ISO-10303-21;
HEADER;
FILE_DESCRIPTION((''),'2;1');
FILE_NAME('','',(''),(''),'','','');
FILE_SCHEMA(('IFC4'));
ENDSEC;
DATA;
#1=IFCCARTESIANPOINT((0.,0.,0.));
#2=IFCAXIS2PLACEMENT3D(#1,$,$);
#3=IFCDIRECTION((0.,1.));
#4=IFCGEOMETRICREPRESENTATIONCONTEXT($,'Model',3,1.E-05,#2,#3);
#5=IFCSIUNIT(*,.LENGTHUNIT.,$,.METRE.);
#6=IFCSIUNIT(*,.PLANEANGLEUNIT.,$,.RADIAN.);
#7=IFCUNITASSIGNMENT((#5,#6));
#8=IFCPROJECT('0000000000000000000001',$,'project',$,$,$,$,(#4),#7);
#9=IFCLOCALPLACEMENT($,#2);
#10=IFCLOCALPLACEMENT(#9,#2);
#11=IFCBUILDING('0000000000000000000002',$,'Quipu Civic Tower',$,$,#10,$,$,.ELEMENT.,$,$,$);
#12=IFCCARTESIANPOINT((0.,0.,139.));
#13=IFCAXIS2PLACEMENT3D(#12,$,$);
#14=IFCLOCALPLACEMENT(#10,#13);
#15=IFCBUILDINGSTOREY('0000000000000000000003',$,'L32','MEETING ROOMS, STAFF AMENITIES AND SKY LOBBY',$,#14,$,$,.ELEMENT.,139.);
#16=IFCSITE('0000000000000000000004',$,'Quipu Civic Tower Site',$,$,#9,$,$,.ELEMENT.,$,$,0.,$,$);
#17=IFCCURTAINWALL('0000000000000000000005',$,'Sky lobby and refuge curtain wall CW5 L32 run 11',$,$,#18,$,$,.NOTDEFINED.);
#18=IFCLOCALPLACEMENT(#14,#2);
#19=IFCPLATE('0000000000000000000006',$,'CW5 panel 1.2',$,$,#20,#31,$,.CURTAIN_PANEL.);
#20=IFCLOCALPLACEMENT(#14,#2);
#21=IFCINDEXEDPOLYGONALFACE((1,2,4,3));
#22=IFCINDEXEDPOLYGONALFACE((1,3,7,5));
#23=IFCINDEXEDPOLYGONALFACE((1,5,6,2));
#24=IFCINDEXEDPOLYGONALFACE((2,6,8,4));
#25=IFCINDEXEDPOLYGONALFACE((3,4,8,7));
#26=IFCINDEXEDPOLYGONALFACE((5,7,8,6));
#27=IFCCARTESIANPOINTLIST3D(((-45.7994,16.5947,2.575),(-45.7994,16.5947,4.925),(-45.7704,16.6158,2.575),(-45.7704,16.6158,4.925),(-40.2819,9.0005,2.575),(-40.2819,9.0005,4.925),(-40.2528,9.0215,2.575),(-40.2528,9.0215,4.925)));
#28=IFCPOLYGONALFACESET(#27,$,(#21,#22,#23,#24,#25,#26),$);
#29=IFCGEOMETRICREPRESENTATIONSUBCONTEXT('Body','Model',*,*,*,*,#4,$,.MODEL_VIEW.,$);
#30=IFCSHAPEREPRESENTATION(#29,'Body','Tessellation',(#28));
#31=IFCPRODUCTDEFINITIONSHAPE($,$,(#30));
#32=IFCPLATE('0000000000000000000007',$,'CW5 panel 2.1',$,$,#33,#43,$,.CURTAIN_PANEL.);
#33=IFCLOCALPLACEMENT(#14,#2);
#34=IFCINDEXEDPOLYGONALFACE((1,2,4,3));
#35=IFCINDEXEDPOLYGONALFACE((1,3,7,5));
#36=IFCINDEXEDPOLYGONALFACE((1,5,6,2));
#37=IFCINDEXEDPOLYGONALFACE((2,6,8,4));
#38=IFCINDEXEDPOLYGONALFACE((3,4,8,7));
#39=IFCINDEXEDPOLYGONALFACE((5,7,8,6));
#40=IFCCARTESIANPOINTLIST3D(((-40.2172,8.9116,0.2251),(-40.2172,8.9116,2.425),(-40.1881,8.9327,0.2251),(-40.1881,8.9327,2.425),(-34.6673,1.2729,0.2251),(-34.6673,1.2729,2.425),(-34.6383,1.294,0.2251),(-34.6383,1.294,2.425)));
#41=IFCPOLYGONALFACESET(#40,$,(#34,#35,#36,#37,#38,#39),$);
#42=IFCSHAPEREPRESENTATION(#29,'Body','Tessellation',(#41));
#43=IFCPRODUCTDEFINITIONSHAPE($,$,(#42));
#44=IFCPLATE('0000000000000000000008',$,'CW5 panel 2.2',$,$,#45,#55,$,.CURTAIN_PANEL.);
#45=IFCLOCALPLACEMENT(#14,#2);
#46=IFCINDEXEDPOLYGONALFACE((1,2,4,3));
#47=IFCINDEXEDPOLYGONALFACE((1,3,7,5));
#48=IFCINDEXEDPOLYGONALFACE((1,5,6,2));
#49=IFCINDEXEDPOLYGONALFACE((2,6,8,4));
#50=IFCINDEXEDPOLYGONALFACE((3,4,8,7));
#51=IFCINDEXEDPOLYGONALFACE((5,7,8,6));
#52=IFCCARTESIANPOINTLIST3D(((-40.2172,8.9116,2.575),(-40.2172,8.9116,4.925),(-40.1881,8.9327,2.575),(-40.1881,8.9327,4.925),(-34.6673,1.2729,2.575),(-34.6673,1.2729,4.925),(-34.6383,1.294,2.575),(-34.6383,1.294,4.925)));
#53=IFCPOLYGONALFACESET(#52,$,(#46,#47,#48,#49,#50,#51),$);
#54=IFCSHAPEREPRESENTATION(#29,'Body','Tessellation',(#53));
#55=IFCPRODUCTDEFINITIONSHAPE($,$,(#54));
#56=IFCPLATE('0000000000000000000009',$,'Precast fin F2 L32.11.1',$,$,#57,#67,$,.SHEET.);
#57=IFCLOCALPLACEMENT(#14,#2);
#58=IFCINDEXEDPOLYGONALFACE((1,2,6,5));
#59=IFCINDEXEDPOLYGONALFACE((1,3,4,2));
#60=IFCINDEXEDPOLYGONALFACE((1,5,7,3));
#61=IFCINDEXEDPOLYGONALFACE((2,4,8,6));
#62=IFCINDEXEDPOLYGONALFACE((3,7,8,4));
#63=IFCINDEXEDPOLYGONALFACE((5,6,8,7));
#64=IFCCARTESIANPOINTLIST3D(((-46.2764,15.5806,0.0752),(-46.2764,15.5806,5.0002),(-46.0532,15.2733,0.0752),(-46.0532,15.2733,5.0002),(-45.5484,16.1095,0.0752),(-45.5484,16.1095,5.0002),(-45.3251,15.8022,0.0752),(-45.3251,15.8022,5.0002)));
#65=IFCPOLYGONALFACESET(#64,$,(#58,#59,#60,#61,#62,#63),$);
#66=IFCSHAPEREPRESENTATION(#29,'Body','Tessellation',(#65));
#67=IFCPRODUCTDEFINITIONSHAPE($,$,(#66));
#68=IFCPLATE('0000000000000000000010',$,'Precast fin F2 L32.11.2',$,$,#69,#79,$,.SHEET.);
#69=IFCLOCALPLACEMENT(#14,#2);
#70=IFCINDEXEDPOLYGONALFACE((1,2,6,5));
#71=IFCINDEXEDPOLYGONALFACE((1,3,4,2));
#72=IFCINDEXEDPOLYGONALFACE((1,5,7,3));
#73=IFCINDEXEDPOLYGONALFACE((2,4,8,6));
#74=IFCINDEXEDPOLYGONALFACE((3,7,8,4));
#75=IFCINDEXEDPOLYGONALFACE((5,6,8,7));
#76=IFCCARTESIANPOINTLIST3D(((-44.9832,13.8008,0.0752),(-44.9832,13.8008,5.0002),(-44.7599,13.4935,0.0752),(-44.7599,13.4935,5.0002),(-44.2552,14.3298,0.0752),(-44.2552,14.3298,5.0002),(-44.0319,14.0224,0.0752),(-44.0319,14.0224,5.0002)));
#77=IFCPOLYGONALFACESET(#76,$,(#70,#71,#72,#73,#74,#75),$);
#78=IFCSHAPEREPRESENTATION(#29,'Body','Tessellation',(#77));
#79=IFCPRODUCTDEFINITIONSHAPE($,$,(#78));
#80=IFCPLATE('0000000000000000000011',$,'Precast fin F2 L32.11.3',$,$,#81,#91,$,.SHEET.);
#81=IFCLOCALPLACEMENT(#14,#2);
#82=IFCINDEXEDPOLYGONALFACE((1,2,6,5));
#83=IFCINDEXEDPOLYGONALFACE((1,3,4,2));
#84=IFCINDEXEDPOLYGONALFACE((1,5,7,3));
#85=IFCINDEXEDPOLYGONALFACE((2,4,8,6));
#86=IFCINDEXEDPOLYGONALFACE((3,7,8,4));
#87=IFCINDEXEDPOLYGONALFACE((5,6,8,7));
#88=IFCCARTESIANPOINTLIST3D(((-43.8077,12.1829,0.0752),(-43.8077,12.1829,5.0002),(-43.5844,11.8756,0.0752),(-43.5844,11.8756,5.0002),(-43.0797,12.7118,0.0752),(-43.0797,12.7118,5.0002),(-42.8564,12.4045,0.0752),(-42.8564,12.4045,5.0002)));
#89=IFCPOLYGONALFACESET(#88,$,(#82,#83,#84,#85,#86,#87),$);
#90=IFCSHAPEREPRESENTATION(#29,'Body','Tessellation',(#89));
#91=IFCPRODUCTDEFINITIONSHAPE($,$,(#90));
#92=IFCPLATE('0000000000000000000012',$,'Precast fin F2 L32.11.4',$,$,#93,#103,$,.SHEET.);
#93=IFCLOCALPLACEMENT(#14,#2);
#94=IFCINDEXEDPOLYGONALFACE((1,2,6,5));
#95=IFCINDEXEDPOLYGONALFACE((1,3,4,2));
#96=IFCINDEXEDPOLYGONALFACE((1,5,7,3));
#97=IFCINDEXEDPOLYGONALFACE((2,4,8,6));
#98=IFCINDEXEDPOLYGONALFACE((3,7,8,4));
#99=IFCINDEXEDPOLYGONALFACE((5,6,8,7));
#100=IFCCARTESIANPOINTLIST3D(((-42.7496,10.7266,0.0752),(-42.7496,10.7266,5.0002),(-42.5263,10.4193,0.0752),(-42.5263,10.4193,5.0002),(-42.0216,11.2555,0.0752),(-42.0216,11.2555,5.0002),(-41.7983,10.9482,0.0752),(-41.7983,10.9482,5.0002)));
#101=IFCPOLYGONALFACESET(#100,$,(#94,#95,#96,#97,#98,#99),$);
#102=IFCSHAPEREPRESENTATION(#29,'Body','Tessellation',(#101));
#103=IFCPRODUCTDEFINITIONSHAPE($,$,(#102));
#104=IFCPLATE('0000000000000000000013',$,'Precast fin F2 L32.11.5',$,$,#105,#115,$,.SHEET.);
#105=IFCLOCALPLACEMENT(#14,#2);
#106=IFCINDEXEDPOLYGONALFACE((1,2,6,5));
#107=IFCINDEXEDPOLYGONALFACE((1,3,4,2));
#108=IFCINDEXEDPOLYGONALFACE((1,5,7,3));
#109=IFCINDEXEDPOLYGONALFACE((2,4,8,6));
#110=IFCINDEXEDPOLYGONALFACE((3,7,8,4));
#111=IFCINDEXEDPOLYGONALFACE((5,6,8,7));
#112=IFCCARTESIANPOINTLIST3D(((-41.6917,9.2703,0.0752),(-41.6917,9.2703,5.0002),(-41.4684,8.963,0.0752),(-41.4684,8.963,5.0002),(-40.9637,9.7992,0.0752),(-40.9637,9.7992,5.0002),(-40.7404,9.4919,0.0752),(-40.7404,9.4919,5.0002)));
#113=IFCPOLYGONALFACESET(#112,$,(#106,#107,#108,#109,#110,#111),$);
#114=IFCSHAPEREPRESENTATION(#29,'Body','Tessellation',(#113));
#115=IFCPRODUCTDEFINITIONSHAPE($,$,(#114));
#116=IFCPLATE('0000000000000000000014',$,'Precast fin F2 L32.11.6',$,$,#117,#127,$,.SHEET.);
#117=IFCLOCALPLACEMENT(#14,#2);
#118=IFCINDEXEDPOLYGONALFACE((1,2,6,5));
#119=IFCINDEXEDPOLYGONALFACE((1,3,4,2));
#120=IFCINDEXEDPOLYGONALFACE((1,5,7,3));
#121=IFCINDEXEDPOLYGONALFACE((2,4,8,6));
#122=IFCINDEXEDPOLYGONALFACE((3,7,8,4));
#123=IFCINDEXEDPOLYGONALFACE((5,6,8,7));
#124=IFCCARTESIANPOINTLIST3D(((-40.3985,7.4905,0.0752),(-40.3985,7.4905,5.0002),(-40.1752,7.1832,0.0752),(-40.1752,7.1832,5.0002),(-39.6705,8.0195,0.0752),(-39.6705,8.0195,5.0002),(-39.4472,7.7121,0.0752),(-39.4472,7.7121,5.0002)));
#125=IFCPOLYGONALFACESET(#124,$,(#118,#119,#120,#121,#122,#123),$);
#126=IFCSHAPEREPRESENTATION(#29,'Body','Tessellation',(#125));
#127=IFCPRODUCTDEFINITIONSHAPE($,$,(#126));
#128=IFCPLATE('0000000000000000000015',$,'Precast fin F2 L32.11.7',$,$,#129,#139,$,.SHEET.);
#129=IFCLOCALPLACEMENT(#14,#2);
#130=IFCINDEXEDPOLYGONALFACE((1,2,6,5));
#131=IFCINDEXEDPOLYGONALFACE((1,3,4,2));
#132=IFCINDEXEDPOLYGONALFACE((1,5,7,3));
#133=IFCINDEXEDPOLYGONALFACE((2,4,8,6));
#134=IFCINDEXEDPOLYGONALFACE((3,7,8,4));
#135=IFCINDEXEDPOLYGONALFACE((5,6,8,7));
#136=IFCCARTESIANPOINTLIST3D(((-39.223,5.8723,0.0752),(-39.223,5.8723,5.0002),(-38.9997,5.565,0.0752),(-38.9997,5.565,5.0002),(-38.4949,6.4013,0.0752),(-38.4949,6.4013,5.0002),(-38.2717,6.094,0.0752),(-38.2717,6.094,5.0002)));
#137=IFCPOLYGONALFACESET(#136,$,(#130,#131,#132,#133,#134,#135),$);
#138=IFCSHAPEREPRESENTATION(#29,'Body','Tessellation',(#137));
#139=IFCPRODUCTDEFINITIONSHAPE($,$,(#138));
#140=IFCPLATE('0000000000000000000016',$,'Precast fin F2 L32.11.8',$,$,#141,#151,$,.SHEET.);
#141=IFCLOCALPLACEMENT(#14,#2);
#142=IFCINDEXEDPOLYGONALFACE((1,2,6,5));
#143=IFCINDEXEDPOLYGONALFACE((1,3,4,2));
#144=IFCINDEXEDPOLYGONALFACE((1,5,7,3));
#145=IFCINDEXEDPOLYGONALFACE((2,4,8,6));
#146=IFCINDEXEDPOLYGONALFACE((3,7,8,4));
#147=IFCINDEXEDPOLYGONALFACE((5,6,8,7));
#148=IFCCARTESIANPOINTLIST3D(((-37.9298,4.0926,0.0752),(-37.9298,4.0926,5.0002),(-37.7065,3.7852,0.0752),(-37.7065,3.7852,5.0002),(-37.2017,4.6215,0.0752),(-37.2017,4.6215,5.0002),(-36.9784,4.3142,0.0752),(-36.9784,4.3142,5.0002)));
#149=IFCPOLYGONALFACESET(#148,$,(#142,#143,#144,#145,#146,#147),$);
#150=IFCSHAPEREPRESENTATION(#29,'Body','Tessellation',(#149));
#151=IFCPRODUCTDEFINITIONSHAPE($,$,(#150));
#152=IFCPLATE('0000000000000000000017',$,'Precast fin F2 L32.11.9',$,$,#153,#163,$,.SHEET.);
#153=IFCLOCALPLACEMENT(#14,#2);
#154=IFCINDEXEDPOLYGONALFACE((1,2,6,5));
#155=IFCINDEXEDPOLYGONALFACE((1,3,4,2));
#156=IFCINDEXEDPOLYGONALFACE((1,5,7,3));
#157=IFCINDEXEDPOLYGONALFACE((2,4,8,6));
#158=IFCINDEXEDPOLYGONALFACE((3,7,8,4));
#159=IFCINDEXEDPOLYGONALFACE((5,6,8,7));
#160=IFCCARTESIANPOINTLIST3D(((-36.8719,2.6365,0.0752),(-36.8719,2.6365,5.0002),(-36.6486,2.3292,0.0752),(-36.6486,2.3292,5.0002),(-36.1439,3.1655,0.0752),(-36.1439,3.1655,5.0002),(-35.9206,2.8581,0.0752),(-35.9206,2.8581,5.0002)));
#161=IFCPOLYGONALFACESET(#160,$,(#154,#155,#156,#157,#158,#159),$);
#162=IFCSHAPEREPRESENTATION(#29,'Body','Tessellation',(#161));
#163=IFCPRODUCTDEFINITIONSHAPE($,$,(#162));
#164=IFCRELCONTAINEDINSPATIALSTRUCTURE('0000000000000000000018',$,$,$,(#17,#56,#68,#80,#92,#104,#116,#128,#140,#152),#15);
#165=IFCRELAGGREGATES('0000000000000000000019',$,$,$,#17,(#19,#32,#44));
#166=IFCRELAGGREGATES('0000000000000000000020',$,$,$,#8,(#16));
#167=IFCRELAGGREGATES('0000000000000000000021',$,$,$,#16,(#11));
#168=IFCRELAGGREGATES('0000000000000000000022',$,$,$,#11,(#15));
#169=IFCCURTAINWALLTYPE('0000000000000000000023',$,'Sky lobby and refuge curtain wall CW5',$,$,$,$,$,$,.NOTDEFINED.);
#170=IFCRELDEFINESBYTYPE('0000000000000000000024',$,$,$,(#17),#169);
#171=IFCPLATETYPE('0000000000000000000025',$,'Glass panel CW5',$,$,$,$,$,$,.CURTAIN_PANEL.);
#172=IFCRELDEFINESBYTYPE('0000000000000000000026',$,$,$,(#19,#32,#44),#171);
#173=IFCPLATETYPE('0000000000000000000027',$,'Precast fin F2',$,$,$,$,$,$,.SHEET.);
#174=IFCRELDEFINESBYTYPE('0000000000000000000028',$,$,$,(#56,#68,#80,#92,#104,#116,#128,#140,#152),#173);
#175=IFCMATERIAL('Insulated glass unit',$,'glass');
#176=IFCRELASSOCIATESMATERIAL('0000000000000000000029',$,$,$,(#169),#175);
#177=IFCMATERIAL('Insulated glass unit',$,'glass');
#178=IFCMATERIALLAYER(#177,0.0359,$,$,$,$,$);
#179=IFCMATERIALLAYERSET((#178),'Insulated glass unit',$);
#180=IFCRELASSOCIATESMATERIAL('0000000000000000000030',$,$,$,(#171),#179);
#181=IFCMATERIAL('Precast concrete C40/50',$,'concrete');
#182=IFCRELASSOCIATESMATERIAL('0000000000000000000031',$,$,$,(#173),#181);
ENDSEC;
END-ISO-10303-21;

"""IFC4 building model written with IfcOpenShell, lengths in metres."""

from ifc_helpers import new_model, si_unit, direction, frame, origin, origin_2d, place, context, subcontext, project, spatial, rectangle, extrude, material, layer, layer_set, type_object, element, aggregate, save


model = new_model("IFC4")

# Units and contexts
model_context = context("Model", 3, precision=1e-05, world=origin(), true_north=direction((0.0, 1.0)))
body_context = subcontext(model_context, "Body", "Model", "MODEL_VIEW")
ifc_project = project(units=[si_unit("LENGTHUNIT", "METRE"), si_unit("PLANEANGLEUNIT", "RADIAN")], contexts=[model_context])

# Site, building, storey
site_placement = place(None, origin())
site = spatial("IfcSite", under=ifc_project, at=site_placement, Name="Quipu Civic Tower Site", CompositionType="ELEMENT", RefElevation=0.0)
building_placement = place(site_placement, origin())
building = spatial("IfcBuilding", under=site, at=building_placement, Name="Quipu Civic Tower", CompositionType="ELEMENT")
storey_placement = place(building_placement, frame((0.0, 0.0, 139.0)))
storey = spatial("IfcBuildingStorey", under=building, at=storey_placement, Name="L32", Description="MEETING ROOMS, STAFF AMENITIES AND SKY LOBBY", CompositionType="ELEMENT", Elevation=139.0)

# Curtain wall
ifc_material_1 = material(Name="Insulated glass unit", Category="glass")
curtain_wall_type = type_object("IfcCurtainWallType", Name="Sky lobby and refuge curtain wall CW5", PredefinedType="NOTDEFINED", material=ifc_material_1)
curtain_wall_placement = place(storey_placement, origin())
curtain_wall = element("IfcCurtainWall", 1, at=curtain_wall_placement, inside=storey, type_object=curtain_wall_type, Name="Sky lobby and refuge curtain wall CW5 L32 run 11", PredefinedType="NOTDEFINED")

# Plates
ifc_material_2 = material(Name="Insulated glass unit", Category="glass")
ifc_layer = layer(ifc_material_2, 0.0359)
ifc_layer_set = layer_set([ifc_layer], Name="Insulated glass unit")
plate_type_1 = type_object("IfcPlateType", Name="Glass panel CW5", PredefinedType="CURTAIN_PANEL", material=ifc_layer_set)
plate_1_placement = place(storey_placement, frame((-43.0261, 12.8081, 2.575), z_axis=(0.0, 0.0, 1.0), x_axis=(0.587786, -0.809017, 0.0)))
plate_1 = element("IfcPlate", 2, at=plate_1_placement, type_object=plate_type_1, Name="CW5 panel 1.2", PredefinedType="CURTAIN_PANEL", context=body_context, shape_type="SweptSolid", body=[
    extrude(rectangle(XDim=9.387, YDim=0.0359, at=origin_2d()), origin(), (0.0, 0.0, 1.0), 2.3501),
])
plate_2_placement = place(storey_placement, frame((-37.4277, 5.1028, 0.2251), z_axis=(0.0, 0.0, 1.0), x_axis=(0.587786, -0.809017, 0.0)))
plate_2 = element("IfcPlate", 3, at=plate_2_placement, type_object=plate_type_1, Name="CW5 panel 2.1", PredefinedType="CURTAIN_PANEL", context=body_context, shape_type="SweptSolid", body=[
    extrude(rectangle(XDim=9.4419, YDim=0.0359, at=origin_2d()), origin(), (0.0, 0.0, 1.0), 2.2),
])
plate_3_placement = place(storey_placement, frame((-37.4277, 5.1028, 2.575), z_axis=(0.0, 0.0, 1.0), x_axis=(0.587786, -0.809017, 0.0)))
plate_3 = element("IfcPlate", 4, at=plate_3_placement, type_object=plate_type_1, Name="CW5 panel 2.2", PredefinedType="CURTAIN_PANEL", context=body_context, shape_type="SweptSolid", body=[
    extrude(rectangle(XDim=9.4419, YDim=0.0359, at=origin_2d()), origin(), (0.0, 0.0, 1.0), 2.3501),
])
aggregate(curtain_wall, [plate_1, plate_2, plate_3])

# Plates
ifc_material_3 = material(Name="Precast concrete C40/50", Category="concrete")
plate_type_2 = type_object("IfcPlateType", Name="Precast fin F2", PredefinedType="SHEET", material=ifc_material_3)
for number, where, z_axis, x_axis, name in (
    (5, (-45.8008, 15.6914, 0.0752), (0.0, 0.0, 1.0), (0.587786, -0.809017, 0.0), "Precast fin F2 L32.11.1"),
    (6, (-44.5076, 13.9116, 0.0752), (0.0, 0.0, 1.0), (0.587786, -0.809017, 0.0), "Precast fin F2 L32.11.2"),
    (7, (-43.332, 12.2937, 0.0752), (0.0, 0.0, 1.0), (0.587786, -0.809017, 0.0), "Precast fin F2 L32.11.3"),
    (8, (-42.2739, 10.8374, 0.0752), (0.0, 0.0, 1.0), (0.587786, -0.809017, 0.0), "Precast fin F2 L32.11.4"),
    (9, (-41.2161, 9.3811, 0.0752), (0.0, 0.0, 1.0), (0.587786, -0.809017, 0.0), "Precast fin F2 L32.11.5"),
    (10, (-39.9229, 7.6013, 0.0752), (0.0, 0.0, 1.0), (0.587786, -0.809017, 0.0), "Precast fin F2 L32.11.6"),
    (11, (-38.7473, 5.9832, 0.0752), (0.0, 0.0, 1.0), (0.587786, -0.809017, 0.0), "Precast fin F2 L32.11.7"),
    (12, (-37.4541, 4.2034, 0.0752), (0.0, 0.0, 1.0), (0.587786, -0.809017, 0.0), "Precast fin F2 L32.11.8"),
    (13, (-36.3962, 2.7473, 0.0752), (0.0, 0.0, 1.0), (0.587786, -0.809017, 0.0), "Precast fin F2 L32.11.9"),
):
    element("IfcPlate", number, at=place(storey_placement, frame(where, z_axis=z_axis, x_axis=x_axis)), inside=storey, type_object=plate_type_2, Name=name, PredefinedType="SHEET", context=body_context, shape_type="SweptSolid", body=[
        extrude(rectangle(XDim=0.3799, YDim=0.8999, at=origin_2d()), origin(), (0.0, 0.0, 1.0), 4.925),
    ])

save(model, "model.ifc")
